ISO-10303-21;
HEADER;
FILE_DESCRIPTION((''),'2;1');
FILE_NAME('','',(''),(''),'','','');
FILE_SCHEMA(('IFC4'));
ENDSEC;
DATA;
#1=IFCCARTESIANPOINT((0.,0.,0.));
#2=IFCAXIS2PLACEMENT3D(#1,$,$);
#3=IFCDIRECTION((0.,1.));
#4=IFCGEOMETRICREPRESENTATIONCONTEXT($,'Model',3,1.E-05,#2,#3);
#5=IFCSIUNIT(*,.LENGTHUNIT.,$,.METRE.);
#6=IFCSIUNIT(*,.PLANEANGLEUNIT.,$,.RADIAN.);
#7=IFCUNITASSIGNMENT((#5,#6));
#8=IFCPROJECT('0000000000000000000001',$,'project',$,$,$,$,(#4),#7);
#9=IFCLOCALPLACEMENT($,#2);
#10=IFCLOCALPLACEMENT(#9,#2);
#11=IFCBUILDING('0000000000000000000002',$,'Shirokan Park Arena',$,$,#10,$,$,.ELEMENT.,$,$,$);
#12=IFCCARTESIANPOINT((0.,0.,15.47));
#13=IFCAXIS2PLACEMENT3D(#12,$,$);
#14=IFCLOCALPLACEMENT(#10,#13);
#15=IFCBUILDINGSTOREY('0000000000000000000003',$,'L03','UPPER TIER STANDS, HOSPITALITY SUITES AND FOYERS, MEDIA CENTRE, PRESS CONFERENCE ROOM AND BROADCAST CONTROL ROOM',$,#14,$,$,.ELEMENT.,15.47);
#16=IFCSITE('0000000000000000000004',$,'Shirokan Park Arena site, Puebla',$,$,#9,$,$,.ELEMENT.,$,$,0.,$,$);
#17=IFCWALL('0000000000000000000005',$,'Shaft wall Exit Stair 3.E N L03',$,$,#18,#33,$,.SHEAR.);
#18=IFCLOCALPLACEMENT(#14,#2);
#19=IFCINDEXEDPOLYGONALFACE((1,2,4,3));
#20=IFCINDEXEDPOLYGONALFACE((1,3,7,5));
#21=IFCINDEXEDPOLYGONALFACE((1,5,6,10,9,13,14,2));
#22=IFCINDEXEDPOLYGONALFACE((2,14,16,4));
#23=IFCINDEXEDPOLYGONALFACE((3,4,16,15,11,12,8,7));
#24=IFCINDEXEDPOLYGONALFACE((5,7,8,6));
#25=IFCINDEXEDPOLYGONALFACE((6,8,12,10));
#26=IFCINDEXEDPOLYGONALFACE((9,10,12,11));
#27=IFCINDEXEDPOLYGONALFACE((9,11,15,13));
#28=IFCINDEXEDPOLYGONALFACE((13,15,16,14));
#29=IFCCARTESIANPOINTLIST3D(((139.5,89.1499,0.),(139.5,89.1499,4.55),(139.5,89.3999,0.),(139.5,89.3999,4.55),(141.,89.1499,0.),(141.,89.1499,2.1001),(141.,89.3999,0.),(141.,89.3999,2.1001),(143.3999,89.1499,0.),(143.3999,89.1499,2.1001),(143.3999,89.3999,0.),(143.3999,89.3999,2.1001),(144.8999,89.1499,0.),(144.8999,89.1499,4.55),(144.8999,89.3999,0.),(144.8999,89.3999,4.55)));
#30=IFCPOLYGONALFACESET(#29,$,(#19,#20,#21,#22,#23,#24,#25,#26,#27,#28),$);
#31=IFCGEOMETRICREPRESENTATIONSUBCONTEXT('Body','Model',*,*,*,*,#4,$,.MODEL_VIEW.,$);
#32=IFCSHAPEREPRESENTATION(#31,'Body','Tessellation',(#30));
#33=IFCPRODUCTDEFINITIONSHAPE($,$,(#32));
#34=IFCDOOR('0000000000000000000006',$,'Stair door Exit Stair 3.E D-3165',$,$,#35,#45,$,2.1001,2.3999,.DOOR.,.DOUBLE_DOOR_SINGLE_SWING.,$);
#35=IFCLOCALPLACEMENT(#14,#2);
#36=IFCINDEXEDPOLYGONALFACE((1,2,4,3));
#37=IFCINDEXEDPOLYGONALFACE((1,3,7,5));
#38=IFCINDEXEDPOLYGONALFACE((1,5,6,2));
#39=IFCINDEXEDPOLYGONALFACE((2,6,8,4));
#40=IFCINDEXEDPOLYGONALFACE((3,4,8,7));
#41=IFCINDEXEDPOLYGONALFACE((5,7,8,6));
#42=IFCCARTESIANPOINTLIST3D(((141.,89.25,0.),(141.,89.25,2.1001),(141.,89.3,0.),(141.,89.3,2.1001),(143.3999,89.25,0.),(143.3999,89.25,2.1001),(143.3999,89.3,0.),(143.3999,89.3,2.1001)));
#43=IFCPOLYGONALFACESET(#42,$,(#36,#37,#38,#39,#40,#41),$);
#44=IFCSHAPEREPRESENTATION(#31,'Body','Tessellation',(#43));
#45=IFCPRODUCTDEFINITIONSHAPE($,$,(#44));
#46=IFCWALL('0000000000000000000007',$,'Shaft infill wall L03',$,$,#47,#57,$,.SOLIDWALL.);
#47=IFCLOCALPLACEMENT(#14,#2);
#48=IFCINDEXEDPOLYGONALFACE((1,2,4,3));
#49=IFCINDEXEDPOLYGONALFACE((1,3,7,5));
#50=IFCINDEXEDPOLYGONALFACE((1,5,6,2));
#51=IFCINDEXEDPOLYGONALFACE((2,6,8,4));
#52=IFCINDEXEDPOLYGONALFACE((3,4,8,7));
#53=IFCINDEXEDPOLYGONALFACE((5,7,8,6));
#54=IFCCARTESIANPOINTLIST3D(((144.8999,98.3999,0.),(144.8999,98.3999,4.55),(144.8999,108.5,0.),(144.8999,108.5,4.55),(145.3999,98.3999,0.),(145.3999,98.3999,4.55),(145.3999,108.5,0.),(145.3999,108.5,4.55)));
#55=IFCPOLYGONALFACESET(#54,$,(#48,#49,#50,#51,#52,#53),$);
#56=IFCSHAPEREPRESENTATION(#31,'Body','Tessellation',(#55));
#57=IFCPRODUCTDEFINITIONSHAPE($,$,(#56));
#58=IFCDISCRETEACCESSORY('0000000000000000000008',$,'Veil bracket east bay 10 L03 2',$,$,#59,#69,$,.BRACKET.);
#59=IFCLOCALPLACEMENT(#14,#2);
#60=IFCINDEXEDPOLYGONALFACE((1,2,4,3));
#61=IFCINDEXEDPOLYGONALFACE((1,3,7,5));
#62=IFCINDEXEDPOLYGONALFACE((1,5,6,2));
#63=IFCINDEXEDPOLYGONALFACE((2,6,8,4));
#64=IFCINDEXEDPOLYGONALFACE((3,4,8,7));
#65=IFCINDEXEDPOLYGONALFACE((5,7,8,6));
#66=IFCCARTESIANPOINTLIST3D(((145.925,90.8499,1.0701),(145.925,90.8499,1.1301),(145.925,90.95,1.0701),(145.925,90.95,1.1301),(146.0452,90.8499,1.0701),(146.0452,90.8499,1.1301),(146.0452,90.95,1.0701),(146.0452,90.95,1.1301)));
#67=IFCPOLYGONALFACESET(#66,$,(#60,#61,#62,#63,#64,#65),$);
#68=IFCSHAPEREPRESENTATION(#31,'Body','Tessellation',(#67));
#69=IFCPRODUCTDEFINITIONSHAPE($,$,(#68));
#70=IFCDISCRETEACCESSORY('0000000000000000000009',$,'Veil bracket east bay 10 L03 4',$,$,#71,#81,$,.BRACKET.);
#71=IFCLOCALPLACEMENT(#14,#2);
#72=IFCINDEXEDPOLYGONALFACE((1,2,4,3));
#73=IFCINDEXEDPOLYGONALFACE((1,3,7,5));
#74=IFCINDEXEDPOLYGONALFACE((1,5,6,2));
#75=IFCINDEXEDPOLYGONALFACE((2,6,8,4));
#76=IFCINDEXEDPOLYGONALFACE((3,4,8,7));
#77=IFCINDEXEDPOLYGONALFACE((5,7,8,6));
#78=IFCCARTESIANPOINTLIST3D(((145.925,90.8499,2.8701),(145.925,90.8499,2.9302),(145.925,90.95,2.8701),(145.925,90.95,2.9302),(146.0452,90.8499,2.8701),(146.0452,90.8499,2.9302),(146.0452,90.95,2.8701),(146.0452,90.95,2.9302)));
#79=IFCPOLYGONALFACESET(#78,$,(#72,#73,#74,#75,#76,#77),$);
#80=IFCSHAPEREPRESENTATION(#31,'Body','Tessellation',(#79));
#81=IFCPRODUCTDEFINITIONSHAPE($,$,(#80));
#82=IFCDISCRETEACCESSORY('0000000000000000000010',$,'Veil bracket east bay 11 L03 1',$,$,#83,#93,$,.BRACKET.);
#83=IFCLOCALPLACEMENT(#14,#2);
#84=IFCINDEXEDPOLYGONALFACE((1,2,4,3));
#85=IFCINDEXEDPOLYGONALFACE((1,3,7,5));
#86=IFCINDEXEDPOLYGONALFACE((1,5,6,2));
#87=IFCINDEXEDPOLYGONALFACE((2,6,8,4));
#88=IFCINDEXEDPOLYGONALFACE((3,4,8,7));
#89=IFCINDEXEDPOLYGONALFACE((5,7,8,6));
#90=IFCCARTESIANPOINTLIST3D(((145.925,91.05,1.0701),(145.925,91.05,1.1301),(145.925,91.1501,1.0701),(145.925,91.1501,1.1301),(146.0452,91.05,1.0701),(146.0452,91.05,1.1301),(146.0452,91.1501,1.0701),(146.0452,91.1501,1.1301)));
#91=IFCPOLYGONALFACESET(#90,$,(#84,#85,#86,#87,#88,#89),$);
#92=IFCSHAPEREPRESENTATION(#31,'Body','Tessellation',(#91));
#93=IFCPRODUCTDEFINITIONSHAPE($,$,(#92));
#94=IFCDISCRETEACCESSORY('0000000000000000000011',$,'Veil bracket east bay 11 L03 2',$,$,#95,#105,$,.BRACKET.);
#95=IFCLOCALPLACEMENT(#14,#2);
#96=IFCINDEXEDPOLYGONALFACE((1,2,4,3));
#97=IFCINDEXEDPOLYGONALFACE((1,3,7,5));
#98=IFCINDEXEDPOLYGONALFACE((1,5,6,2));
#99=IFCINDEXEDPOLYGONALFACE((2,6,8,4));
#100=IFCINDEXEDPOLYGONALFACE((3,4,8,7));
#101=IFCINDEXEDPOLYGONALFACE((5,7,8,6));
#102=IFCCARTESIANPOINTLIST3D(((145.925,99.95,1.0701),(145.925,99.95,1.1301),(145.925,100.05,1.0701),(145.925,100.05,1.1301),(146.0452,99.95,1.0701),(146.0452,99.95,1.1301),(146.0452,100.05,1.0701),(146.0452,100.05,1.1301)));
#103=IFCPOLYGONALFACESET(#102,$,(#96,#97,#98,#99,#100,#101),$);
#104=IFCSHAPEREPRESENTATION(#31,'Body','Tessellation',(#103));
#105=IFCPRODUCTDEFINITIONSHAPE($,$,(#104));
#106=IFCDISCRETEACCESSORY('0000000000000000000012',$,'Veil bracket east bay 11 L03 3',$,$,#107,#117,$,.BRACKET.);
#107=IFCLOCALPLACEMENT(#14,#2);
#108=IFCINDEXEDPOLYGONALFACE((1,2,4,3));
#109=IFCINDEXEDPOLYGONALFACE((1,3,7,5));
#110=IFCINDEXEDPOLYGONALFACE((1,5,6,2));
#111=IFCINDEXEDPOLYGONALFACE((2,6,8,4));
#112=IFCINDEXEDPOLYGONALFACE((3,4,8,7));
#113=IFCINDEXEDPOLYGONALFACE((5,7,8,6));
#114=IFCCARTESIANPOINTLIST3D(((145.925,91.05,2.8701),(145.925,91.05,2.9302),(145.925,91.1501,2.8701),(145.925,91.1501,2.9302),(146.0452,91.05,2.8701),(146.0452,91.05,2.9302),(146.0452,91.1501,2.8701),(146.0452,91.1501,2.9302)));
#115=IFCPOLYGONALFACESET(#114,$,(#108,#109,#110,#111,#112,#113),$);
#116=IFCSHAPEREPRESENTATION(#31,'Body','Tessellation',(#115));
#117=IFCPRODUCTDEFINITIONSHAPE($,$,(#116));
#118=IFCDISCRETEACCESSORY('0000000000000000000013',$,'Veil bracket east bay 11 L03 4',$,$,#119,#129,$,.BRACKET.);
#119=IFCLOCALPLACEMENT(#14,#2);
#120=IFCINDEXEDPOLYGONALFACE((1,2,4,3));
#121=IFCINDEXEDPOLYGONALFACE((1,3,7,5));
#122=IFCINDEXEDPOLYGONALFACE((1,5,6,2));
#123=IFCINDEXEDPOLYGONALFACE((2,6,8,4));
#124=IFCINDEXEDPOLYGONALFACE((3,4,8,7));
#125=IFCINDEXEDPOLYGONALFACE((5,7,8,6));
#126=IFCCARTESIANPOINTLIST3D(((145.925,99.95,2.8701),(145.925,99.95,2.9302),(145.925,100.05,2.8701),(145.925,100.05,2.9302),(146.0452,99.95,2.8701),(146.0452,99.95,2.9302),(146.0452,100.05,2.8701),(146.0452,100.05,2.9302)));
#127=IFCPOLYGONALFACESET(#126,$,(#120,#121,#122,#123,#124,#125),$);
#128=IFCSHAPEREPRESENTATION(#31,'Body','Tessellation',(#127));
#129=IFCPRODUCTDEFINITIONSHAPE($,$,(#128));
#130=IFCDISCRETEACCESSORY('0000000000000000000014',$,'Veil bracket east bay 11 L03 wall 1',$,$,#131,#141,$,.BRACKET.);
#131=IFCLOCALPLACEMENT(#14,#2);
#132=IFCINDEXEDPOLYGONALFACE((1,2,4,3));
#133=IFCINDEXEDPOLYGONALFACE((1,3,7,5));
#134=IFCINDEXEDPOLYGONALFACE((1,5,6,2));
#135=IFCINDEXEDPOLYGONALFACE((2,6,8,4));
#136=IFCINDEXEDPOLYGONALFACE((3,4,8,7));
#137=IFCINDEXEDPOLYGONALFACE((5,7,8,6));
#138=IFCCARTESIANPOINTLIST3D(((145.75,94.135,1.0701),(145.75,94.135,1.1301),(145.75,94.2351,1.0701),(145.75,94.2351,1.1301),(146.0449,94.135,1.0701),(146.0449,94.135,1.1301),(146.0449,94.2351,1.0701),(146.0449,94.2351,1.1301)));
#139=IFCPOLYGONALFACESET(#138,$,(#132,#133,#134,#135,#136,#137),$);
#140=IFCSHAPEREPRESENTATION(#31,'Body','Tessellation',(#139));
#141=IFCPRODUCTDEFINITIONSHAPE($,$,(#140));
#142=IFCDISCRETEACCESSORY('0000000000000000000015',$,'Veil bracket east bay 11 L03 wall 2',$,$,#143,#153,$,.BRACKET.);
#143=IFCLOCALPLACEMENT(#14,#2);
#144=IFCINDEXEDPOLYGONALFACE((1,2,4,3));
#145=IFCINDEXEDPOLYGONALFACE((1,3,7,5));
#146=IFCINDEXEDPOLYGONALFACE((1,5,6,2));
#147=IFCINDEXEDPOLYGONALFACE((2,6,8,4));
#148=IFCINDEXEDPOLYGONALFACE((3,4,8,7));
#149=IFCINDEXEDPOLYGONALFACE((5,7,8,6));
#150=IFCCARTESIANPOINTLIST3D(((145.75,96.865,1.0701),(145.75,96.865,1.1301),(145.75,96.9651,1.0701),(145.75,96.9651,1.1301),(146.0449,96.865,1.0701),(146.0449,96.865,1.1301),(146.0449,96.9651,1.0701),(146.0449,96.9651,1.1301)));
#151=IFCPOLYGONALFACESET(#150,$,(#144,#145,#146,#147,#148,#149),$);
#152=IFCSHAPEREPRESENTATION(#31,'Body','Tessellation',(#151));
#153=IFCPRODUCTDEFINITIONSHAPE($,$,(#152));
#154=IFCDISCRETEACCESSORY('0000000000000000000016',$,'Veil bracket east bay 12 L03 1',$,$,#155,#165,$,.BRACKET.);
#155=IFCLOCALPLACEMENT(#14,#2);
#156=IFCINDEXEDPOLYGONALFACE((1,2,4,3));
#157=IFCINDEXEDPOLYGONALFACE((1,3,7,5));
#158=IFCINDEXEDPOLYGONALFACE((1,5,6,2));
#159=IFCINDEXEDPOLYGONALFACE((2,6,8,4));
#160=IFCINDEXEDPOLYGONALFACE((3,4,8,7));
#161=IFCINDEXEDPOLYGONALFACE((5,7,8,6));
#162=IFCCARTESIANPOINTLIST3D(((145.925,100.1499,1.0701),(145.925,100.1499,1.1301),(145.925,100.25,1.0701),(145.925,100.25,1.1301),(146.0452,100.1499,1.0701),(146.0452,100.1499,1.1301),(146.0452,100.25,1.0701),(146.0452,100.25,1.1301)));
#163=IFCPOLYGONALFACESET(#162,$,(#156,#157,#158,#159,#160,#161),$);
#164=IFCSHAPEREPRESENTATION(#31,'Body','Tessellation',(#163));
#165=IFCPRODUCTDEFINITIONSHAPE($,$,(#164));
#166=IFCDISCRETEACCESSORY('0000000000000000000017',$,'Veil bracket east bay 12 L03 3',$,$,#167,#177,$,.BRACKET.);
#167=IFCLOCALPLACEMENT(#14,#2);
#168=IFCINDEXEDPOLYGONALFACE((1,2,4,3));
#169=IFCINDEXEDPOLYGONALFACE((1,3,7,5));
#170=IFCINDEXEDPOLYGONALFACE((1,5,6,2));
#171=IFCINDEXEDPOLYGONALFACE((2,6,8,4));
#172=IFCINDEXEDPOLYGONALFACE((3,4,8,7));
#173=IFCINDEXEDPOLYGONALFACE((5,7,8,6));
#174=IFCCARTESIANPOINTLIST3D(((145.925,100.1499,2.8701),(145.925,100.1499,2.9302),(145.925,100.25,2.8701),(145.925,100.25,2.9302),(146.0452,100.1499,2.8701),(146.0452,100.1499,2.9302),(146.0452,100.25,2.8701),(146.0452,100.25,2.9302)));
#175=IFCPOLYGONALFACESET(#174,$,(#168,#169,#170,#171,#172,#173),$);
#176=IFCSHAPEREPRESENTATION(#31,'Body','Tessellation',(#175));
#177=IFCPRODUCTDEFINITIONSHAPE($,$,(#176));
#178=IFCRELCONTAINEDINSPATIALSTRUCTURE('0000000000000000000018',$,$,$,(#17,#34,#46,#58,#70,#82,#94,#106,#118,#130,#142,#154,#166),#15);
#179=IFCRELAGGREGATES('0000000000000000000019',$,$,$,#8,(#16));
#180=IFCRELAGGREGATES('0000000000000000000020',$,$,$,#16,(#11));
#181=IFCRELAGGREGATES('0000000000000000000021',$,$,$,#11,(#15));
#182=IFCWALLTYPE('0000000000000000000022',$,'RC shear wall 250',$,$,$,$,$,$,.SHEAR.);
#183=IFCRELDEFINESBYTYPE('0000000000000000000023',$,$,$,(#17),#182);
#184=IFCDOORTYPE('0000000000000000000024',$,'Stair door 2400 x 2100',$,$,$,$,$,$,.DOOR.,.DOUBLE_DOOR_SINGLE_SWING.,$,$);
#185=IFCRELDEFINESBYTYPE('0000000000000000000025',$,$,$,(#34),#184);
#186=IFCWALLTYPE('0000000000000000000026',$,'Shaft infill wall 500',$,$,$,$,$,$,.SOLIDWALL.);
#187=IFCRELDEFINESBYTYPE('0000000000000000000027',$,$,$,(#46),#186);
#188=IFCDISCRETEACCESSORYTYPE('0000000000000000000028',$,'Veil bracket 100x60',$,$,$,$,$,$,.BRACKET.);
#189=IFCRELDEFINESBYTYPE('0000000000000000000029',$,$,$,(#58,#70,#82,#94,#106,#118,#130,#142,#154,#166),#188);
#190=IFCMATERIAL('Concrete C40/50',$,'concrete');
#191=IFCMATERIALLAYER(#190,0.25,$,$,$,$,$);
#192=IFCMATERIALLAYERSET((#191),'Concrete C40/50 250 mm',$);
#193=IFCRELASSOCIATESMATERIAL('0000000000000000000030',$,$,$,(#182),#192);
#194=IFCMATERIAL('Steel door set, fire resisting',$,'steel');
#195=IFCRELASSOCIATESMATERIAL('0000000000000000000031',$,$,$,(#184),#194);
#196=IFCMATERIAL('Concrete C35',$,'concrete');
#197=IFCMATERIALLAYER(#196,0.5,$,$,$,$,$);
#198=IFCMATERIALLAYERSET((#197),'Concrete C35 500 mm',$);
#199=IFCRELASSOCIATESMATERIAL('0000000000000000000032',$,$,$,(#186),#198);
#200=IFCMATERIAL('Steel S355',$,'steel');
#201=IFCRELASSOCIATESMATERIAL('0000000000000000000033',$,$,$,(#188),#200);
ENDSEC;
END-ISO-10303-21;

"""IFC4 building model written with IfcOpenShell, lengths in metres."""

from ifc_helpers import new_model, si_unit, direction, frame, frame_2d, origin, origin_2d, place, context, subcontext, project, spatial, rectangle, extrude, material, layer, layer_set, type_object, element, fill, save


model = new_model("IFC4")

# Units and contexts
model_context = context("Model", 3, precision=1e-05, world=origin(), true_north=direction((0.0, 1.0)))
body_context = subcontext(model_context, "Body", "Model", "MODEL_VIEW")
ifc_project = project(units=[si_unit("LENGTHUNIT", "METRE"), si_unit("PLANEANGLEUNIT", "RADIAN")], contexts=[model_context])

# Site, building, storey
site_placement = place(None, origin())
site = spatial("IfcSite", under=ifc_project, at=site_placement, Name="Shirokan Park Arena site, Puebla", CompositionType="ELEMENT", RefElevation=0.0)
building_placement = place(site_placement, origin())
building = spatial("IfcBuilding", under=site, at=building_placement, Name="Shirokan Park Arena", CompositionType="ELEMENT")
storey_placement = place(building_placement, frame((0.0, 0.0, 15.47)))
storey = spatial("IfcBuildingStorey", under=building, at=storey_placement, Name="L03", Description="UPPER TIER STANDS, HOSPITALITY SUITES AND FOYERS, MEDIA CENTRE, PRESS CONFERENCE ROOM AND BROADCAST CONTROL ROOM", CompositionType="ELEMENT", Elevation=15.47)

# Shared definitions
ifc_material_1 = material(Name="Concrete C35", Category="concrete")

# Wall, opening, door
ifc_material_2 = material(Name="Concrete C40/50", Category="concrete")
ifc_layer_1 = layer(ifc_material_2, 0.25)
ifc_layer_set_1 = layer_set([ifc_layer_1], Name="Concrete C40/50 250 mm")
wall_type_1 = type_object("IfcWallType", Name="RC shear wall 250", PredefinedType="SHEAR", material=ifc_layer_set_1)
ifc_material_3 = material(Name="Steel door set, fire resisting", Category="steel")
door_type = type_object("IfcDoorType", Name="Stair door 2400 x 2100", OperationType="DOUBLE_DOOR_SINGLE_SWING", PredefinedType="DOOR", material=ifc_material_3)
wall_1_placement = place(storey_placement, frame((144.8999, 89.2749, 0.0), z_axis=(0.0, 0.0, 1.0), x_axis=(-1.0, 0.0, 0.0)))
wall_1 = element("IfcWall", 1, at=wall_1_placement, inside=storey, type_object=wall_type_1, Name="Shaft wall Exit Stair 3.E N L03", PredefinedType="SHEAR", context=body_context, shape_type="SweptSolid", body=[
    extrude(rectangle(XDim=5.3999, YDim=0.25, at=frame_2d((2.7, 0.0))), origin(), (0.0, 0.0, 1.0), 4.55),
])
opening_1_placement = place(wall_1_placement, frame((1.5, 0.0, 0.0)))
opening_1 = element("IfcOpeningElement", 2, at=opening_1_placement, cuts=wall_1, PredefinedType="OPENING", context=body_context, shape_type="SweptSolid", body=[
    extrude(rectangle(XDim=2.3999, YDim=2.1001, at=frame_2d((1.2, 1.05))), frame((0.0, 0.135, 0.0), z_axis=(0.0, -1.0, 0.0), x_axis=(1.0, 0.0, 0.0)), (0.0, 0.0, 1.0), 0.27),
])
door_1_placement = place(opening_1_placement, origin())
door_1 = element("IfcDoor", 3, at=door_1_placement, inside=storey, type_object=door_type, Name="Stair door Exit Stair 3.E D-3165", OperationType="DOUBLE_DOOR_SINGLE_SWING", OverallHeight=2.1001, OverallWidth=2.3999, PredefinedType="DOOR", context=body_context, shape_type="SweptSolid", body=[
    extrude(rectangle(XDim=2.3999, YDim=2.1001, at=frame_2d((1.2, 1.05))), frame((0.0, 0.0249, 0.0), z_axis=(0.0, -1.0, 0.0), x_axis=(1.0, 0.0, 0.0)), (0.0, 0.0, 1.0), 0.05),
])
fill(opening_1, door_1)

# Wall
ifc_layer_2 = layer(ifc_material_1, 0.5)
ifc_layer_set_2 = layer_set([ifc_layer_2], Name="Concrete C35 500 mm")
wall_type_2 = type_object("IfcWallType", Name="Shaft infill wall 500", PredefinedType="SOLIDWALL", material=ifc_layer_set_2)
wall_2_placement = place(storey_placement, frame((145.1499, 98.3999, 0.0), z_axis=(0.0, 0.0, 1.0), x_axis=(0.0, 1.0, 0.0)))
element("IfcWall", 4, at=wall_2_placement, inside=storey, type_object=wall_type_2, Name="Shaft infill wall L03", PredefinedType="SOLIDWALL", context=body_context, shape_type="SweptSolid", body=[
    extrude(rectangle(XDim=10.1001, YDim=0.5, at=frame_2d((5.05, 0.0))), origin(), (0.0, 0.0, 1.0), 4.55),
])

# Discrete accessories
ifc_material_4 = material(Name="Steel S355", Category="steel")
discrete_accessory_type = type_object("IfcDiscreteAccessoryType", Name="Veil bracket 100x60", PredefinedType="BRACKET", material=ifc_material_4)
for number, where, z_axis, x_axis, name in (
    (5, (145.9851, 90.8999, 1.0701), (0.0, 0.0, 1.0), (0.0, 1.0, 0.0), "Veil bracket east bay 10 L03 2"),
    (6, (145.9851, 90.8999, 2.8701), (0.0, 0.0, 1.0), (0.0, 1.0, 0.0), "Veil bracket east bay 10 L03 4"),
    (7, (145.9851, 91.1001, 1.0701), (0.0, 0.0, 1.0), (0.0, 1.0, 0.0), "Veil bracket east bay 11 L03 1"),
    (8, (145.9851, 100.0, 1.0701), (0.0, 0.0, 1.0), (0.0, 1.0, 0.0), "Veil bracket east bay 11 L03 2"),
    (9, (145.9851, 91.1001, 2.8701), (0.0, 0.0, 1.0), (0.0, 1.0, 0.0), "Veil bracket east bay 11 L03 3"),
    (10, (145.9851, 100.0, 2.8701), (0.0, 0.0, 1.0), (0.0, 1.0, 0.0), "Veil bracket east bay 11 L03 4"),
):
    element("IfcDiscreteAccessory", number, at=place(storey_placement, frame(where, z_axis=z_axis, x_axis=x_axis)), inside=storey, type_object=discrete_accessory_type, Name=name, PredefinedType="BRACKET", context=body_context, shape_type="SweptSolid", body=[
        extrude(rectangle(XDim=0.1001, YDim=0.1201, at=origin_2d()), origin(), (0.0, 0.0, 1.0), 0.0601),
    ])
for number, where, z_axis, x_axis, name in (
    (11, (145.8975, 94.1851, 1.0701), (0.0, 0.0, 1.0), (0.0, 1.0, 0.0), "Veil bracket east bay 11 L03 wall 1"),
    (12, (145.8975, 96.915, 1.0701), (0.0, 0.0, 1.0), (0.0, 1.0, 0.0), "Veil bracket east bay 11 L03 wall 2"),
):
    element("IfcDiscreteAccessory", number, at=place(storey_placement, frame(where, z_axis=z_axis, x_axis=x_axis)), inside=storey, type_object=discrete_accessory_type, Name=name, PredefinedType="BRACKET", context=body_context, shape_type="SweptSolid", body=[
        extrude(rectangle(XDim=0.1001, YDim=0.2949, at=origin_2d()), origin(), (0.0, 0.0, 1.0), 0.0601),
    ])
for number, where, z_axis, x_axis, name in (
    (13, (145.9851, 100.2, 1.0701), (0.0, 0.0, 1.0), (0.0, 1.0, 0.0), "Veil bracket east bay 12 L03 1"),
    (14, (145.9851, 100.2, 2.8701), (0.0, 0.0, 1.0), (0.0, 1.0, 0.0), "Veil bracket east bay 12 L03 3"),
):
    element("IfcDiscreteAccessory", number, at=place(storey_placement, frame(where, z_axis=z_axis, x_axis=x_axis)), inside=storey, type_object=discrete_accessory_type, Name=name, PredefinedType="BRACKET", context=body_context, shape_type="SweptSolid", body=[
        extrude(rectangle(XDim=0.1001, YDim=0.1201, at=origin_2d()), origin(), (0.0, 0.0, 1.0), 0.0601),
    ])

save(model, "model.ifc")
